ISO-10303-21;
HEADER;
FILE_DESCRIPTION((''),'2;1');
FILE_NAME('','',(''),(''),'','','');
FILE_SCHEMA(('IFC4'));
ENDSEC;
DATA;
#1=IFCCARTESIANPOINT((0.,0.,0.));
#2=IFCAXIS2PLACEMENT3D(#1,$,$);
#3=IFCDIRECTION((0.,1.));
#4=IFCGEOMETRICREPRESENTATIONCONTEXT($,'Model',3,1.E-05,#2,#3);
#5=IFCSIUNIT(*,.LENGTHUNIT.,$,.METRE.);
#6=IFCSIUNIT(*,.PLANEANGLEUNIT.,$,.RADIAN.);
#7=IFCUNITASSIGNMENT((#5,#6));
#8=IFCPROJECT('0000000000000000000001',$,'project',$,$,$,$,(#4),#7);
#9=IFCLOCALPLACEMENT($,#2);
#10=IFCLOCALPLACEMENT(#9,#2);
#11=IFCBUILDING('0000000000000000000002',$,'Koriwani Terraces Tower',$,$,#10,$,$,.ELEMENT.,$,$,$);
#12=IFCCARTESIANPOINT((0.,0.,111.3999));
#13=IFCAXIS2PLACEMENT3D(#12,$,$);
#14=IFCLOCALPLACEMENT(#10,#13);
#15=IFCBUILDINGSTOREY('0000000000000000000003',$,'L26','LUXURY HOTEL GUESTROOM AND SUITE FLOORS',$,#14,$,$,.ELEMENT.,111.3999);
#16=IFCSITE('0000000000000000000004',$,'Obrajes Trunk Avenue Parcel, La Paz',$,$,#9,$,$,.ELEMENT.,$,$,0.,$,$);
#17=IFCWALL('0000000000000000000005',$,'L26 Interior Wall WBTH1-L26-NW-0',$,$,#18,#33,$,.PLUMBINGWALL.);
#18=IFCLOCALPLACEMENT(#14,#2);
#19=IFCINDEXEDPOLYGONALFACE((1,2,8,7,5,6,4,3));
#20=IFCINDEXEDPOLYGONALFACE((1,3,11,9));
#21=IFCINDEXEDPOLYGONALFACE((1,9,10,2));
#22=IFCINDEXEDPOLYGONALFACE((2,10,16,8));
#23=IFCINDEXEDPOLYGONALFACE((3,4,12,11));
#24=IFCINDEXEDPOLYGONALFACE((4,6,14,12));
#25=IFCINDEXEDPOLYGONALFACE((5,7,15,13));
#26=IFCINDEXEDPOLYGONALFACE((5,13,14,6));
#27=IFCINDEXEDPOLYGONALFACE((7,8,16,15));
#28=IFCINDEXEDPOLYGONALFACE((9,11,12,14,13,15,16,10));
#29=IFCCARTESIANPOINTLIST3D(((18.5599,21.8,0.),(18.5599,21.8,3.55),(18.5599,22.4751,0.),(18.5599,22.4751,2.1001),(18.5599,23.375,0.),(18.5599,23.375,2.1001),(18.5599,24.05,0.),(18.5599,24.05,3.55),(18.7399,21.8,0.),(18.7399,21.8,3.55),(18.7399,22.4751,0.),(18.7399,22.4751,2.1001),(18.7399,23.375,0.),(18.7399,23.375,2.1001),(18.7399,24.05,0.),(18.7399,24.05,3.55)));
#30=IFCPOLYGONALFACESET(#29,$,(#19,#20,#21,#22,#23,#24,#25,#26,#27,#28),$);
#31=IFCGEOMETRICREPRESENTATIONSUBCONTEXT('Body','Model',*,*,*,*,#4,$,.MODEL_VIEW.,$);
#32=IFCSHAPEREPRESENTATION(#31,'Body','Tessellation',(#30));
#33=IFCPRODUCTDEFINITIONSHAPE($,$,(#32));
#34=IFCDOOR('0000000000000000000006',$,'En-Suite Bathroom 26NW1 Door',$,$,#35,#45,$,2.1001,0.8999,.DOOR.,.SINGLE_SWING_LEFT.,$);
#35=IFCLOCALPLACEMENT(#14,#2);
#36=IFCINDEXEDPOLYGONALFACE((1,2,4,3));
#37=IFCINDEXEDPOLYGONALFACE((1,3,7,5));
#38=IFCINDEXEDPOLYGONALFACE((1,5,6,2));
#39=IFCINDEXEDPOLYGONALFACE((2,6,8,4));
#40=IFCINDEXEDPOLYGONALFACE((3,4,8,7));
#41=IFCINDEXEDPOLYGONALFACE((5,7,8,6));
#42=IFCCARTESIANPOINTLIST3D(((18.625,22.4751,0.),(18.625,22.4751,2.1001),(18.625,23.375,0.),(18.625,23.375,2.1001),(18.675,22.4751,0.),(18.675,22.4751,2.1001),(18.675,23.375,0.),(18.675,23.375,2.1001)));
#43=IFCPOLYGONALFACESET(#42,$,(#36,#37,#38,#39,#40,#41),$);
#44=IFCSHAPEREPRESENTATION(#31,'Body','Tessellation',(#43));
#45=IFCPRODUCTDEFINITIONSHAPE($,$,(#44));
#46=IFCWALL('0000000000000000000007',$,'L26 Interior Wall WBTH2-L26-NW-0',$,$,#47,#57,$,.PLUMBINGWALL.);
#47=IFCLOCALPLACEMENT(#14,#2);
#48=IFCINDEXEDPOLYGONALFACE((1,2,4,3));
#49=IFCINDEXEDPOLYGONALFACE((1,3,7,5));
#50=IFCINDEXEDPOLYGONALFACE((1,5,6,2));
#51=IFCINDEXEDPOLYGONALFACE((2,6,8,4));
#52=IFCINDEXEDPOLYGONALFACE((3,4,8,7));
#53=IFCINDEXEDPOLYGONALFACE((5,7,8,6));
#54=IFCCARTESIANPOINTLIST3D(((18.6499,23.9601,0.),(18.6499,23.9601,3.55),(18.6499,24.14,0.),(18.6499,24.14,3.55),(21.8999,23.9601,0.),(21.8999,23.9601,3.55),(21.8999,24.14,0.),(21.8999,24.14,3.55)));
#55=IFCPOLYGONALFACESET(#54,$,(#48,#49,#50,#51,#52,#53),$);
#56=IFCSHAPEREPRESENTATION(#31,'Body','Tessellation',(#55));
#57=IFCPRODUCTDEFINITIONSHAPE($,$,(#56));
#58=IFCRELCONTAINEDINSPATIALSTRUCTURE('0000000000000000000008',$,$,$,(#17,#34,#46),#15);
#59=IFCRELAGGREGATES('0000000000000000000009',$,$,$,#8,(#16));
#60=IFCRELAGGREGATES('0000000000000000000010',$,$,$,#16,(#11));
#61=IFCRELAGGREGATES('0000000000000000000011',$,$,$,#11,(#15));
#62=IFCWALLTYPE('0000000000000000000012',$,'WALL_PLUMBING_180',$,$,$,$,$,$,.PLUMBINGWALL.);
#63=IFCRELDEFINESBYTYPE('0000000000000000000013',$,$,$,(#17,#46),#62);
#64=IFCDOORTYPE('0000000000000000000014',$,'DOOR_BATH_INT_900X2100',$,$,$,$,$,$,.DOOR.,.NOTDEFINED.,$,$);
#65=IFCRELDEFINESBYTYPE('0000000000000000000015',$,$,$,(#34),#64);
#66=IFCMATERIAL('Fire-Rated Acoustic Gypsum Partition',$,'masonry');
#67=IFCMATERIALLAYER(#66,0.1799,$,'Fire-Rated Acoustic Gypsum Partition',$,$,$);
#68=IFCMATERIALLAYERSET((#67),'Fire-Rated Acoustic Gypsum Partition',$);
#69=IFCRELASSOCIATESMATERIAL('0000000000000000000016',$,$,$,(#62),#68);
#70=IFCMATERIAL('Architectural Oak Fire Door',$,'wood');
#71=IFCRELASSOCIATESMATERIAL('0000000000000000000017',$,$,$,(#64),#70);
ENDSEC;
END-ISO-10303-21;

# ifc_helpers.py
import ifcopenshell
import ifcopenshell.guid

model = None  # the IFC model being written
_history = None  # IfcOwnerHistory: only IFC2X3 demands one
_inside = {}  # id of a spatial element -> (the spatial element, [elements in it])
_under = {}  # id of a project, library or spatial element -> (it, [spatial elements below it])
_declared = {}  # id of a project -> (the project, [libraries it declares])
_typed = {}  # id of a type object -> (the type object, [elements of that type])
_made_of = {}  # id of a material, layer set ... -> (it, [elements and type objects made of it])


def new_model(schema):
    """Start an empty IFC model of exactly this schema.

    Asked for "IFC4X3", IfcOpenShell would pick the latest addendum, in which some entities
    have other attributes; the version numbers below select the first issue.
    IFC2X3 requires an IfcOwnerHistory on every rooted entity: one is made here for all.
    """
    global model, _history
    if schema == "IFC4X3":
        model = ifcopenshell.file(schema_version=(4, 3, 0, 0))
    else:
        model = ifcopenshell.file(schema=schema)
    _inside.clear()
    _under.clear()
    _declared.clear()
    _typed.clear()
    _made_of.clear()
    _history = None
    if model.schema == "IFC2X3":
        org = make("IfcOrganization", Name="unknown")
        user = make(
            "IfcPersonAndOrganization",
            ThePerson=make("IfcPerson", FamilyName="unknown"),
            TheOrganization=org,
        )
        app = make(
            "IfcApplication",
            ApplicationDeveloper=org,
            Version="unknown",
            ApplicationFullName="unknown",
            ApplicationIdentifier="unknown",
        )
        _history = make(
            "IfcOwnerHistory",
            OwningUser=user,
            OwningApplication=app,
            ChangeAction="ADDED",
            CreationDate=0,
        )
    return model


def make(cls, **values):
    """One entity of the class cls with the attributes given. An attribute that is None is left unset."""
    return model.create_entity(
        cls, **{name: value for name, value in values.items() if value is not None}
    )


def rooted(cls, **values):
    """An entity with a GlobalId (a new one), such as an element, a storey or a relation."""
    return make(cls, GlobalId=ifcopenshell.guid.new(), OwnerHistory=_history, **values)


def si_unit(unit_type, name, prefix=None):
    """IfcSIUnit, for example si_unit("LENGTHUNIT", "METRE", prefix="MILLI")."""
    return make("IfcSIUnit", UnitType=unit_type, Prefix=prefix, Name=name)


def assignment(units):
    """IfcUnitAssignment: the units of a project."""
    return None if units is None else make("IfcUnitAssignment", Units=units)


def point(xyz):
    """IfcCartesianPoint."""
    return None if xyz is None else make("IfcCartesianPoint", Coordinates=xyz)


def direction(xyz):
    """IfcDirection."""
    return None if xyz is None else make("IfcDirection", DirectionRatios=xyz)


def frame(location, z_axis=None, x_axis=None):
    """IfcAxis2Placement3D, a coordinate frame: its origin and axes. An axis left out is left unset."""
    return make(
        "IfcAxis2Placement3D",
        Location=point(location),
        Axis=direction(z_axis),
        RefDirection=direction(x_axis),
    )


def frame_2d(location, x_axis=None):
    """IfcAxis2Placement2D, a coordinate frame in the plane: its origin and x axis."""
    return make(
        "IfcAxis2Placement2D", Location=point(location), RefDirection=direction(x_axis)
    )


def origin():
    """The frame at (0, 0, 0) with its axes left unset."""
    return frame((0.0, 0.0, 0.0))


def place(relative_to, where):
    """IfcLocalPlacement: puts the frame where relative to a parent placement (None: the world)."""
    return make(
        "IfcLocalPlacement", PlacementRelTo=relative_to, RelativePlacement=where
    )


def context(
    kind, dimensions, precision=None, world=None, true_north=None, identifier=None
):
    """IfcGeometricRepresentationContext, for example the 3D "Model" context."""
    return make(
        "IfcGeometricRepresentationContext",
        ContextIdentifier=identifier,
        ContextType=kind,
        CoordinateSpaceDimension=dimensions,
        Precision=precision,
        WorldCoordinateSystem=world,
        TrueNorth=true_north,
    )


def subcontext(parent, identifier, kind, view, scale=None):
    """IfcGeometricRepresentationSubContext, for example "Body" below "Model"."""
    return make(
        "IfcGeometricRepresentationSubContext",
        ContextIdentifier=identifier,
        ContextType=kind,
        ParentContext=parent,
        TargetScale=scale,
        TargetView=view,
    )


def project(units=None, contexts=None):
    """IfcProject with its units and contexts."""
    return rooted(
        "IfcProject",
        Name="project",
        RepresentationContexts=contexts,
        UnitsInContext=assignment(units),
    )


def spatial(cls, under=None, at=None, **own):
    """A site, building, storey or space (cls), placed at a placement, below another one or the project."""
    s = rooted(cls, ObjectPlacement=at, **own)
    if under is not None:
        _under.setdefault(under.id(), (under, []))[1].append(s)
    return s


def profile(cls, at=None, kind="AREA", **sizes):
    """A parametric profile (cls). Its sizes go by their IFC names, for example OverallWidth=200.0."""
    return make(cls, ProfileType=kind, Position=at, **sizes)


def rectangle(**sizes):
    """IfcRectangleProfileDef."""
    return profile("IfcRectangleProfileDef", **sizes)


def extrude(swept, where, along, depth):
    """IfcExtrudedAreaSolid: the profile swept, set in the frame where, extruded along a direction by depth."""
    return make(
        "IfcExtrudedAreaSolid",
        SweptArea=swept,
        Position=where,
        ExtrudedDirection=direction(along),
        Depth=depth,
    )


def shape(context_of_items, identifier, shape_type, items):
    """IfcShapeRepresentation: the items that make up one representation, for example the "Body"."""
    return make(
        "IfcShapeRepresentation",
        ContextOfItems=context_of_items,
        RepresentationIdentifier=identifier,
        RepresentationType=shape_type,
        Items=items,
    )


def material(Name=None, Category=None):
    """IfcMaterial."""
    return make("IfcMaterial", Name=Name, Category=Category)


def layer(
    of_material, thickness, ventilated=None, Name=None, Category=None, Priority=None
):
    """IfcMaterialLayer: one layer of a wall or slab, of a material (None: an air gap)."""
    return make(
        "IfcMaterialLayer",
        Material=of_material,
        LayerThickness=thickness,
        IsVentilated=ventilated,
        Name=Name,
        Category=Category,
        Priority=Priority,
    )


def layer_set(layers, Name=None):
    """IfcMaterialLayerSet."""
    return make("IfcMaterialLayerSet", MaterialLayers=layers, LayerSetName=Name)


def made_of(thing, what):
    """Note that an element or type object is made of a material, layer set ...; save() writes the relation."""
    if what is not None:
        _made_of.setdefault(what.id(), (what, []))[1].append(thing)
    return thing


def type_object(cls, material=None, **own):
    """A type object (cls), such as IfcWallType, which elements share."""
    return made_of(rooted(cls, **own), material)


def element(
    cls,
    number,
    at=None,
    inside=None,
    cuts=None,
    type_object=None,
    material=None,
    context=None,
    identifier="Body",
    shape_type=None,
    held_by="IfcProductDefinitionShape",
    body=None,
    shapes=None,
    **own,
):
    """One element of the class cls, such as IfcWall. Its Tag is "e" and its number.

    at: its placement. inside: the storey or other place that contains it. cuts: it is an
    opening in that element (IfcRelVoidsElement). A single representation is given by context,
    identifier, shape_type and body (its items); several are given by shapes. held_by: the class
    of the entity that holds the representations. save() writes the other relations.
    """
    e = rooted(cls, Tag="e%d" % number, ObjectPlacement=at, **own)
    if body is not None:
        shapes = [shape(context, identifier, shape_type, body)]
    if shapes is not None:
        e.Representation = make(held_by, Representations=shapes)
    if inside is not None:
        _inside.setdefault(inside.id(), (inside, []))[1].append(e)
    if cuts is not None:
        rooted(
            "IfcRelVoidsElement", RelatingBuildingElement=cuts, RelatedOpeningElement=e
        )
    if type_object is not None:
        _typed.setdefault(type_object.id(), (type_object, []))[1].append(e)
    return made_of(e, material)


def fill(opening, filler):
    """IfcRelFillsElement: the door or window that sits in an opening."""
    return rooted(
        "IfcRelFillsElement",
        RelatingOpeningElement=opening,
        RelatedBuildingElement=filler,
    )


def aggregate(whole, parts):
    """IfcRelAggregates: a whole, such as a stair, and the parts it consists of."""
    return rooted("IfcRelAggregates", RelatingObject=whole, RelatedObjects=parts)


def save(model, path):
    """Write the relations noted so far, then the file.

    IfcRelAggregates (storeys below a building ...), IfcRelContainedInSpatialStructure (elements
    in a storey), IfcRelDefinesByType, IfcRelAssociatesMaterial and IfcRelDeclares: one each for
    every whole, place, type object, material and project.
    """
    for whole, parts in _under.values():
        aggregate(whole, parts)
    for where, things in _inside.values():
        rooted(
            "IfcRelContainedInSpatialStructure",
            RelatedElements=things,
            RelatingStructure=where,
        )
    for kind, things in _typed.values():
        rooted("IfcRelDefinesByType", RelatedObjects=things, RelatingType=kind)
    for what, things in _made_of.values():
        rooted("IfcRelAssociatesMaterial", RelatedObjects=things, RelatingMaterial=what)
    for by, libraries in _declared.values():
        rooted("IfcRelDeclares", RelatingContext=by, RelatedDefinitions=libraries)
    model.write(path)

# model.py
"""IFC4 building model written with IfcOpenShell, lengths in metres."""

from ifc_helpers import new_model, si_unit, direction, frame, frame_2d, origin, place, context, subcontext, project, spatial, rectangle, extrude, material, layer, layer_set, type_object, element, fill, save


model = new_model("IFC4")

# Units and contexts
model_context = context("Model", 3, precision=1e-05, world=origin(), true_north=direction((0.0, 1.0)))
body_context = subcontext(model_context, "Body", "Model", "MODEL_VIEW")
ifc_project = project(units=[si_unit("LENGTHUNIT", "METRE"), si_unit("PLANEANGLEUNIT", "RADIAN")], contexts=[model_context])

# Site, building, storey
site_placement = place(None, origin())
site = spatial("IfcSite", under=ifc_project, at=site_placement, Name="Obrajes Trunk Avenue Parcel, La Paz", CompositionType="ELEMENT", RefElevation=0.0)
building_placement = place(site_placement, origin())
building = spatial("IfcBuilding", under=site, at=building_placement, Name="Koriwani Terraces Tower", CompositionType="ELEMENT")
storey_placement = place(building_placement, frame((0.0, 0.0, 111.3999)))
storey = spatial("IfcBuildingStorey", under=building, at=storey_placement, Name="L26", Description="LUXURY HOTEL GUESTROOM AND SUITE FLOORS", CompositionType="ELEMENT", Elevation=111.3999)

# Shared definitions
ifc_material_1 = material(Name="Architectural Oak Fire Door", Category="wood")

# Shared definitions
ifc_material_2 = material(Name="Fire-Rated Acoustic Gypsum Partition", Category="masonry")
ifc_layer_1 = layer(ifc_material_2, 0.1799, Name="Fire-Rated Acoustic Gypsum Partition")
ifc_layer_set_1 = layer_set([ifc_layer_1], Name="Fire-Rated Acoustic Gypsum Partition")
wall_type_1 = type_object("IfcWallType", Name="WALL_PLUMBING_180", PredefinedType="PLUMBINGWALL", material=ifc_layer_set_1)
door_type_1 = type_object("IfcDoorType", Name="DOOR_BATH_INT_900X2100", OperationType="NOTDEFINED", PredefinedType="DOOR", material=ifc_material_1)

# Wall, opening, door
wall_1_placement = place(storey_placement, frame((18.6499, 21.8, 0.0), z_axis=(0.0, 0.0, 1.0), x_axis=(0.0, 1.0, 0.0)))
wall_1 = element("IfcWall", 1, at=wall_1_placement, inside=storey, type_object=wall_type_1, Name="L26 Interior Wall WBTH1-L26-NW-0", PredefinedType="PLUMBINGWALL", context=body_context, shape_type="SweptSolid", body=[
    extrude(rectangle(XDim=2.25, YDim=0.1799, at=frame_2d((1.125, 0.0))), origin(), (0.0, 0.0, 1.0), 3.55),
])
opening_1_placement = place(wall_1_placement, frame((0.675, 0.0, 0.0)))
opening_1 = element("IfcOpeningElement", 2, at=opening_1_placement, cuts=wall_1, PredefinedType="OPENING", context=body_context, shape_type="SweptSolid", body=[
    extrude(rectangle(XDim=0.8999, YDim=2.1001, at=frame_2d((0.45, 1.05))), frame((0.0, 0.1001, 0.0), z_axis=(0.0, -1.0, 0.0), x_axis=(1.0, 0.0, 0.0)), (0.0, 0.0, 1.0), 0.2),
])
door_1_placement = place(opening_1_placement, origin())
door_1 = element("IfcDoor", 3, at=door_1_placement, inside=storey, type_object=door_type_1, Name="En-Suite Bathroom 26NW1 Door", OperationType="SINGLE_SWING_LEFT", OverallHeight=2.1001, OverallWidth=0.8999, PredefinedType="DOOR", context=body_context, shape_type="SweptSolid", body=[
    extrude(rectangle(XDim=0.8999, YDim=2.1001, at=frame_2d((0.45, 1.05))), frame((0.0, 0.0249, 0.0), z_axis=(0.0, -1.0, 0.0), x_axis=(1.0, 0.0, 0.0)), (0.0, 0.0, 1.0), 0.05),
])
fill(opening_1, door_1)

# Wall
wall_2_placement = place(storey_placement, frame((18.6499, 24.05, 0.0), z_axis=(0.0, 0.0, 1.0), x_axis=(1.0, 0.0, 0.0)))
element("IfcWall", 4, at=wall_2_placement, inside=storey, type_object=wall_type_1, Name="L26 Interior Wall WBTH2-L26-NW-0", PredefinedType="PLUMBINGWALL", context=body_context, shape_type="SweptSolid", body=[
    extrude(rectangle(XDim=3.25, YDim=0.1799, at=frame_2d((1.625, 0.0))), origin(), (0.0, 0.0, 1.0), 3.55),
])

save(model, "model.ifc")
